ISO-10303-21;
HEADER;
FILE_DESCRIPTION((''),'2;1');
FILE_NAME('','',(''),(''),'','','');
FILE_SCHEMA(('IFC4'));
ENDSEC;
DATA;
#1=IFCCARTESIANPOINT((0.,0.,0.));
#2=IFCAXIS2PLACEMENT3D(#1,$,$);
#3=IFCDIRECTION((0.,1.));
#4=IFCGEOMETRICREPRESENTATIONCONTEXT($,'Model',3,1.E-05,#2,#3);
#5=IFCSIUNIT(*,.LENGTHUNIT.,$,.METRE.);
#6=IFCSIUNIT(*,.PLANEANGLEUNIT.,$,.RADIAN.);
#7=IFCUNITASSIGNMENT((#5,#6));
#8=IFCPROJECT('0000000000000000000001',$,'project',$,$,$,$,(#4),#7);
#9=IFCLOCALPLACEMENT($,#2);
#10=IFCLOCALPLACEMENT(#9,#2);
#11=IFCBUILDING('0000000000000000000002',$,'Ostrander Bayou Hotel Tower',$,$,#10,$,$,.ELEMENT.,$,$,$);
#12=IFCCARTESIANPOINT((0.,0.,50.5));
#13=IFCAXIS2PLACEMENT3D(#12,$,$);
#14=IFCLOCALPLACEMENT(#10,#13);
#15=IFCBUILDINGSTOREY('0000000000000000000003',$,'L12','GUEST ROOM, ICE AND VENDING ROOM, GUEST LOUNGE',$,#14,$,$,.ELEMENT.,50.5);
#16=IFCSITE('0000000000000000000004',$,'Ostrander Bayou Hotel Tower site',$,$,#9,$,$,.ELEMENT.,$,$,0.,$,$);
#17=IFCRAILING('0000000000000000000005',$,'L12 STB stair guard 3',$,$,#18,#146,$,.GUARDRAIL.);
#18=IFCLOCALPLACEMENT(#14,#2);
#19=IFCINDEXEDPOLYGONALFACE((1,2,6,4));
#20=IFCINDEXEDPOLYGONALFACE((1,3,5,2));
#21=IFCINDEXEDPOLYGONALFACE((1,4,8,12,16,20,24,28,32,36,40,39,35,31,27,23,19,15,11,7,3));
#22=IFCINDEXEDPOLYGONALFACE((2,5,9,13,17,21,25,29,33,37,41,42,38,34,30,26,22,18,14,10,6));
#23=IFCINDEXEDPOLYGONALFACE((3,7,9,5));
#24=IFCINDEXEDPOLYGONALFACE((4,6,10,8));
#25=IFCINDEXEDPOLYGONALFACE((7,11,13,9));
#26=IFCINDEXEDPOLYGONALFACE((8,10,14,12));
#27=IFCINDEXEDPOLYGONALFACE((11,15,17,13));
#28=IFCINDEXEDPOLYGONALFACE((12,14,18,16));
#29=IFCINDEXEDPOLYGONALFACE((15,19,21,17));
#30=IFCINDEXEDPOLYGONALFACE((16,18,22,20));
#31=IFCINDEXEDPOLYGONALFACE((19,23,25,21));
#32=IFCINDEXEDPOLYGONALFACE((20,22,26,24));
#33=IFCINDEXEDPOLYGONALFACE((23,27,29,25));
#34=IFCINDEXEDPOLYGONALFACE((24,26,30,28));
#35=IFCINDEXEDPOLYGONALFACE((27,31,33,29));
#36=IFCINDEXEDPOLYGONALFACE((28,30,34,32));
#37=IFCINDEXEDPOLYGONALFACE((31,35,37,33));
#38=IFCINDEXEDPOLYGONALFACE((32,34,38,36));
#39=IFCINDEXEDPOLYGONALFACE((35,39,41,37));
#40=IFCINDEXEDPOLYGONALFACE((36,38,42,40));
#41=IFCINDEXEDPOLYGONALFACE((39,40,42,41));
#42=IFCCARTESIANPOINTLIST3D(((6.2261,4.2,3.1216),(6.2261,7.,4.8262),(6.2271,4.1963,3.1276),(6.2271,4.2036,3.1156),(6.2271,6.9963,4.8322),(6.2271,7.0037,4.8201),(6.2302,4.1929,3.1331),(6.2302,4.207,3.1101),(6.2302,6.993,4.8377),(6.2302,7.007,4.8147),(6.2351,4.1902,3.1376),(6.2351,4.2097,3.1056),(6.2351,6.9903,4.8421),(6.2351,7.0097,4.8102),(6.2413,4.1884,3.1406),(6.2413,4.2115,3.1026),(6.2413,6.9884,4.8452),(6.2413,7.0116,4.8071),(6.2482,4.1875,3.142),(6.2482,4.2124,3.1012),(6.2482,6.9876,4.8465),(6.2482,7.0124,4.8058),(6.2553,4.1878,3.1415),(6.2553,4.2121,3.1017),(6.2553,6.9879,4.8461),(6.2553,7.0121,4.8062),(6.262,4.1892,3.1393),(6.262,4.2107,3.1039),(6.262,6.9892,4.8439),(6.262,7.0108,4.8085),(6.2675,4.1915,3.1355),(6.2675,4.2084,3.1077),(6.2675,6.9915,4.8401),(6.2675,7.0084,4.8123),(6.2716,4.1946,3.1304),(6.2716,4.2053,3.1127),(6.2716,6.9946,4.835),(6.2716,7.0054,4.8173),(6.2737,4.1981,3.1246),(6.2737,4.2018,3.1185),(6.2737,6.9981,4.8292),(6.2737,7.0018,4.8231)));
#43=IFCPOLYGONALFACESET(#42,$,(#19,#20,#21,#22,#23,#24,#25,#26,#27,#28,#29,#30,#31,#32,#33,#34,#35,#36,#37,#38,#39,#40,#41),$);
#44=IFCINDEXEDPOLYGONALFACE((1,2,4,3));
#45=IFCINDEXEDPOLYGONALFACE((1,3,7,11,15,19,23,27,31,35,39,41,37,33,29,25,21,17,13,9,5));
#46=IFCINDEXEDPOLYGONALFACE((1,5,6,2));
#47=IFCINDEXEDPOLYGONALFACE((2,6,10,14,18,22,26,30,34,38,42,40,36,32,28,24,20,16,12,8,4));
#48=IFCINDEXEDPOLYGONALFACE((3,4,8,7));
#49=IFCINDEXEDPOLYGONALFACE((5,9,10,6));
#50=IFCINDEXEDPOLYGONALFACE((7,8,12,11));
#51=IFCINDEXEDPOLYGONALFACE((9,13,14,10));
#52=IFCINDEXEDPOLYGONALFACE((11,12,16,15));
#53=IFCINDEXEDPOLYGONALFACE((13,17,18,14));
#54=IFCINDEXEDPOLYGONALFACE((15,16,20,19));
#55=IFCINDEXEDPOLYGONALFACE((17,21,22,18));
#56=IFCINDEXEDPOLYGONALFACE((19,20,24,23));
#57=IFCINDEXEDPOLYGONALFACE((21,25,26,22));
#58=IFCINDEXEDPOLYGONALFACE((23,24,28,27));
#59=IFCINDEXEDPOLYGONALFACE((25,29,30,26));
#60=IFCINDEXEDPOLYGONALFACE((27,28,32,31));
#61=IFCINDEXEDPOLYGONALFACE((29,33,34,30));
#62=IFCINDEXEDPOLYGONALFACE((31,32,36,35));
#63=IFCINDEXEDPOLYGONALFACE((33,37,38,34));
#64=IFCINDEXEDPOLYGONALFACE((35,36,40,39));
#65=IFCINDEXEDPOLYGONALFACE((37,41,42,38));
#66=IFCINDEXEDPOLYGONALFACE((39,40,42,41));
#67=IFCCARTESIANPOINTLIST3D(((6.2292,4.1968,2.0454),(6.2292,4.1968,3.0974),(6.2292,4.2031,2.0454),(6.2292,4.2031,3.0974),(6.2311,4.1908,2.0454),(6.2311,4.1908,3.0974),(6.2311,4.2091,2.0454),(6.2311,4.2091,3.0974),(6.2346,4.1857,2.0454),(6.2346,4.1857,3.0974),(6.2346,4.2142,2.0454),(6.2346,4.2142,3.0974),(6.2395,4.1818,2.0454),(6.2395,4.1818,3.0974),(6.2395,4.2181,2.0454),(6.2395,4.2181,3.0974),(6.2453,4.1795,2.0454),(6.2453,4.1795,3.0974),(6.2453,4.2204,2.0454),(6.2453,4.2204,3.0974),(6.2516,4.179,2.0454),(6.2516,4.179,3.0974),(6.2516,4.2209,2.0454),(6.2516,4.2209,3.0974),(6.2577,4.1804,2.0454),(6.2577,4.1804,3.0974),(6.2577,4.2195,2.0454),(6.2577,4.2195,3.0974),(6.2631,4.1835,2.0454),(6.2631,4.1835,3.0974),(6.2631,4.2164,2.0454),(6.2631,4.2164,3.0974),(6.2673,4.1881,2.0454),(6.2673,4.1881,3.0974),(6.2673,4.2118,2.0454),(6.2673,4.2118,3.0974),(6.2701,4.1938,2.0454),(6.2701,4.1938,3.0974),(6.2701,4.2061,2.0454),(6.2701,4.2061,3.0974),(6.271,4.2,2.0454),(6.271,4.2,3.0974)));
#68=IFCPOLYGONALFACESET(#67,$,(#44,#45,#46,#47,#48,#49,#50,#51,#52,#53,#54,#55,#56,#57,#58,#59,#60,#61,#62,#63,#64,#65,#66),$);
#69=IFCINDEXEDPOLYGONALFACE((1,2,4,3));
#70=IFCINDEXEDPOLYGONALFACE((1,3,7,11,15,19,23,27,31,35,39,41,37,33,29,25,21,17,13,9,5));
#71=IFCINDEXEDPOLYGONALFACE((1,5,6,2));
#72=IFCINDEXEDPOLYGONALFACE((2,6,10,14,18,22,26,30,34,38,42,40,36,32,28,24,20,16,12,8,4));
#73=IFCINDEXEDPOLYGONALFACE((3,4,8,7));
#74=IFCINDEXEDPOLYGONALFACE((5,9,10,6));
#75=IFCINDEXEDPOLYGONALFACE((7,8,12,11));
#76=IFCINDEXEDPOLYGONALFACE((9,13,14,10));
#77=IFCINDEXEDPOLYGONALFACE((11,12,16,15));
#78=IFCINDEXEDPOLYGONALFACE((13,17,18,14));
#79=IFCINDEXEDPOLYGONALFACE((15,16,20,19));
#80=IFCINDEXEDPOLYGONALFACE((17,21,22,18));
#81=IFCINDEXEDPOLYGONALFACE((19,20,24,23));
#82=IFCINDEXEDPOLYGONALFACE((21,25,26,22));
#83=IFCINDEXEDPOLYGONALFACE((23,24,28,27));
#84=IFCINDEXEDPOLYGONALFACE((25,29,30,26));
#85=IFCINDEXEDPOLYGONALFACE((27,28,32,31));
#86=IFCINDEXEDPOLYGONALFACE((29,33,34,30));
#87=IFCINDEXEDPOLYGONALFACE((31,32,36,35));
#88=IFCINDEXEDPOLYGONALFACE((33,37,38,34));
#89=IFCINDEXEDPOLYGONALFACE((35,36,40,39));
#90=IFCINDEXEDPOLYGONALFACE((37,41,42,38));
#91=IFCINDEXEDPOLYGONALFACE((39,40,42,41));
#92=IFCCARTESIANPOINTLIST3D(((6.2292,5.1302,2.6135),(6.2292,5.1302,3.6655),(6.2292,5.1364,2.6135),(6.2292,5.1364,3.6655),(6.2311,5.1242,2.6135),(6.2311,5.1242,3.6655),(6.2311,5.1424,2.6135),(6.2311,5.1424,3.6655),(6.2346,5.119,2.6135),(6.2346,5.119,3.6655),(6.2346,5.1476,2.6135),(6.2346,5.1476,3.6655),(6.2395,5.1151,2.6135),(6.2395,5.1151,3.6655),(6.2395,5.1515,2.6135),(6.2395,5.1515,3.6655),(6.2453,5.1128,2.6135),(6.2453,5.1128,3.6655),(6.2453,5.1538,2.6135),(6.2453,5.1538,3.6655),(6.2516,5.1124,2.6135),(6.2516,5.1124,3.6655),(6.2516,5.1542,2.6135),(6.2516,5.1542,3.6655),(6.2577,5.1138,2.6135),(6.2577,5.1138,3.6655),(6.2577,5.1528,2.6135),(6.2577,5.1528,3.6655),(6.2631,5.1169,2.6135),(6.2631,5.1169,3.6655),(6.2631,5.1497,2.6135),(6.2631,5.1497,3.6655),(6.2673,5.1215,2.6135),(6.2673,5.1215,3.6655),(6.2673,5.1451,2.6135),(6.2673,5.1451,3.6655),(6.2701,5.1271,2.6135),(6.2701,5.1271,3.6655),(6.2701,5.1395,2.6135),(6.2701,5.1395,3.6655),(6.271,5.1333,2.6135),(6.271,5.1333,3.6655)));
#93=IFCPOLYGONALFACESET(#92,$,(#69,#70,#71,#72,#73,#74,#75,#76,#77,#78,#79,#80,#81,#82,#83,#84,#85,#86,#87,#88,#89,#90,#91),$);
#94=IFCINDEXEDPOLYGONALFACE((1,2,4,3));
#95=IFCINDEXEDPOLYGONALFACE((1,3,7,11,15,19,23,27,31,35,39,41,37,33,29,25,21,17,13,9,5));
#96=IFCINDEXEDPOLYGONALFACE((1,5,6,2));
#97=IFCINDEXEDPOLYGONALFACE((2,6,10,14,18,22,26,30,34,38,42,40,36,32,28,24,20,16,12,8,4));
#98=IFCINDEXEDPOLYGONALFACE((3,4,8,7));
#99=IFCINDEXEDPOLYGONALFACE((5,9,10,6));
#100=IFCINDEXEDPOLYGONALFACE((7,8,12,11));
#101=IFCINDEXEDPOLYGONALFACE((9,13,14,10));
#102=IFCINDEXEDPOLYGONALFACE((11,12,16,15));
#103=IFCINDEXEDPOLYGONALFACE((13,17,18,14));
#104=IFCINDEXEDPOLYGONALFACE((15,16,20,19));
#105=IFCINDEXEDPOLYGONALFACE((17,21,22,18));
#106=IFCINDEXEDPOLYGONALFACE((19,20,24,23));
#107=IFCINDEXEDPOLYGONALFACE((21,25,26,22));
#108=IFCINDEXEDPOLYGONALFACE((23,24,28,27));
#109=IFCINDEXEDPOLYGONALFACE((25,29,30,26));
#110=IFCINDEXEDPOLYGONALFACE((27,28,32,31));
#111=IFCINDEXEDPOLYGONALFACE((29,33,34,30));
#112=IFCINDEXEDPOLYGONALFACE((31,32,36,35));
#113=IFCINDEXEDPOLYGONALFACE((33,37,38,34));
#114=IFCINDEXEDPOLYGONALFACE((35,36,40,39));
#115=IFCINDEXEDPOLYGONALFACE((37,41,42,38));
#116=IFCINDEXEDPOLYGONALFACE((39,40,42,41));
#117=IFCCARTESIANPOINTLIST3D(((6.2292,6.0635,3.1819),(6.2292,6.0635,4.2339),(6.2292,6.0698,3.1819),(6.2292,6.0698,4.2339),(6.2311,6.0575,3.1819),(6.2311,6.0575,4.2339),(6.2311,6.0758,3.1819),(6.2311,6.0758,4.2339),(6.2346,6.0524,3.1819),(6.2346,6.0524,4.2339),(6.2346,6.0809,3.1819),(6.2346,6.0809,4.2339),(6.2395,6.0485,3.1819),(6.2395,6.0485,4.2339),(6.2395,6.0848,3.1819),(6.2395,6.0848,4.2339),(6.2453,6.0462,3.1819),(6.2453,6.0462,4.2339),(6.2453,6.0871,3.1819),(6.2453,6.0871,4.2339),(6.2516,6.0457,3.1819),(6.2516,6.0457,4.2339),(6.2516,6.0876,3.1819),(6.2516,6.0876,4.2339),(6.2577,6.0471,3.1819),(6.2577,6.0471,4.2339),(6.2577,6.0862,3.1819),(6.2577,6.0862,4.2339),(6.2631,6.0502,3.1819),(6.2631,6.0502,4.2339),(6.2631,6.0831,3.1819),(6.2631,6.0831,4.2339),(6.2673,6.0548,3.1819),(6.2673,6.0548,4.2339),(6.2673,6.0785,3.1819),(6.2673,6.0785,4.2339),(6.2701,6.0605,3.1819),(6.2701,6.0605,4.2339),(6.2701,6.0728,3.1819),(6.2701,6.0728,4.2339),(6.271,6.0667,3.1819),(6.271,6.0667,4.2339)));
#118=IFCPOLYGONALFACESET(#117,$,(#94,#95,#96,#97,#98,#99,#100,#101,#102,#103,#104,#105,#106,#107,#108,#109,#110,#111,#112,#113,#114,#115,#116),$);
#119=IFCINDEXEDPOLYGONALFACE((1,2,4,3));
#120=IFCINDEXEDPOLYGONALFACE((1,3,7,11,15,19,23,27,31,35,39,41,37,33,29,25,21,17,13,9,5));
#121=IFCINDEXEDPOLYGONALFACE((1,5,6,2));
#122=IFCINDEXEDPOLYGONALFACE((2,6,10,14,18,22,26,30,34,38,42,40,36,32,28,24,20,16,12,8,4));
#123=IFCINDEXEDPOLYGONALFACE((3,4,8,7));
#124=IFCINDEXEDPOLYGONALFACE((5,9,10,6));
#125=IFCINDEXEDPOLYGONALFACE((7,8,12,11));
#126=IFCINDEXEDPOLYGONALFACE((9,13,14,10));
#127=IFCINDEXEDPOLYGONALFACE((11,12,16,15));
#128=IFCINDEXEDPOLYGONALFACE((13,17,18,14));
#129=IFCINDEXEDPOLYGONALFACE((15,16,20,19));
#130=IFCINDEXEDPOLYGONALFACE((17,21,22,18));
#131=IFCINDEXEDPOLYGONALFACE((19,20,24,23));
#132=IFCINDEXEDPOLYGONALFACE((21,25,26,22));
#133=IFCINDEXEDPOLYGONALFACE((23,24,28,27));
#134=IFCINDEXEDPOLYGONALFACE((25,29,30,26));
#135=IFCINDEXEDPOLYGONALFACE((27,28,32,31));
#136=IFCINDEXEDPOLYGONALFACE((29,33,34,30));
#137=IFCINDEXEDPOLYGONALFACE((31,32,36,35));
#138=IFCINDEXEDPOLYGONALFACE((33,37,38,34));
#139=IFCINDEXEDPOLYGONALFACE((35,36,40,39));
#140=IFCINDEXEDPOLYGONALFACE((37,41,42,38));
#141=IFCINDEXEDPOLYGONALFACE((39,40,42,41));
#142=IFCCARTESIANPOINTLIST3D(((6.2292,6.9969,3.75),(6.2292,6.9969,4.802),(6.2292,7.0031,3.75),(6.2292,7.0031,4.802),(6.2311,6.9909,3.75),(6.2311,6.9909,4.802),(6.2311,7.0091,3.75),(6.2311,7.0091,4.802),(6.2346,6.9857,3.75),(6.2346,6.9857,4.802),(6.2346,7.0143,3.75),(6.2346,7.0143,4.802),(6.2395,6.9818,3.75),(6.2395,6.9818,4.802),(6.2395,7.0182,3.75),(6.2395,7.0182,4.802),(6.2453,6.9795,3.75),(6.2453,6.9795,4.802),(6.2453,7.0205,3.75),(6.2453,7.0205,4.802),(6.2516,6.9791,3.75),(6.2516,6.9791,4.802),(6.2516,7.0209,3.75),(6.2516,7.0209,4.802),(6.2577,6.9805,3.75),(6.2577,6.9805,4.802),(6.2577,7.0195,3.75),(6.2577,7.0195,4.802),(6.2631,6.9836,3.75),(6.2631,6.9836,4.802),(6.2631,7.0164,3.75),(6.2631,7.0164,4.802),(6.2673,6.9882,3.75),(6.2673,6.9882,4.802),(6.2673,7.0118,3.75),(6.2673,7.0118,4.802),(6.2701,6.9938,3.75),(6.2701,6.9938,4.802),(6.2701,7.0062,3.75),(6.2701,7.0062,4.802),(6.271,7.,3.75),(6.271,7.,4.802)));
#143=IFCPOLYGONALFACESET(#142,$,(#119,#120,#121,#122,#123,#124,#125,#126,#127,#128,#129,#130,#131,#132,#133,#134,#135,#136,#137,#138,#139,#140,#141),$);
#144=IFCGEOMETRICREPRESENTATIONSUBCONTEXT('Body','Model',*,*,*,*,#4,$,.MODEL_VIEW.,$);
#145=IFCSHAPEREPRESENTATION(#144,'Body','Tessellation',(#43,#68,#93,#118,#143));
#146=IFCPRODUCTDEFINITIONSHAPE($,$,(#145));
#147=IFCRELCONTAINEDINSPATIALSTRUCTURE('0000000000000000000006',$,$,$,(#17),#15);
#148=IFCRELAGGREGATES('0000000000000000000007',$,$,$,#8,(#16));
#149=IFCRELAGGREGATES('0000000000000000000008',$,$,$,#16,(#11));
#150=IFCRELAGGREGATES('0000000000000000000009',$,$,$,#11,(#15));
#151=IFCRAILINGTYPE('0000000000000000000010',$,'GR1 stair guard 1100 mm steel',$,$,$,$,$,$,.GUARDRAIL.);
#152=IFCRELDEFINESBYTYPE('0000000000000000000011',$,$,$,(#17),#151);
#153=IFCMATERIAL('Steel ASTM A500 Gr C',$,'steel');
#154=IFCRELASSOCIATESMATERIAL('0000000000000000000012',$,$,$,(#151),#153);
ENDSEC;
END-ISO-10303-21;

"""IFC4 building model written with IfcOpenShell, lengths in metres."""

from ifc_helpers import new_model, si_unit, direction, frame, origin, origin_2d, place, context, subcontext, project, spatial, circle, extrude, material, type_object, element, save


model = new_model("IFC4")

# Units and contexts
model_context = context("Model", 3, precision=1e-05, world=origin(), true_north=direction((0.0, 1.0)))
body_context = subcontext(model_context, "Body", "Model", "MODEL_VIEW")
ifc_project = project(units=[si_unit("LENGTHUNIT", "METRE"), si_unit("PLANEANGLEUNIT", "RADIAN")], contexts=[model_context])

# Site, building, storey
site_placement = place(None, origin())
site = spatial("IfcSite", under=ifc_project, at=site_placement, Name="Ostrander Bayou Hotel Tower site", CompositionType="ELEMENT", RefElevation=0.0)
building_placement = place(site_placement, origin())
building = spatial("IfcBuilding", under=site, at=building_placement, Name="Ostrander Bayou Hotel Tower", CompositionType="ELEMENT")
storey_placement = place(building_placement, frame((0.0, 0.0, 50.5)))
storey = spatial("IfcBuildingStorey", under=building, at=storey_placement, Name="L12", Description="GUEST ROOM, ICE AND VENDING ROOM, GUEST LOUNGE", CompositionType="ELEMENT", Elevation=50.5)

# Railing
ifc_material_1 = material(Name="Steel ASTM A500 Gr C", Category="steel")
railing_type_1 = type_object("IfcRailingType", Name="GR1 stair guard 1100 mm steel", PredefinedType="GUARDRAIL", material=ifc_material_1)
railing_1_placement = place(storey_placement, frame((6.25, 4.2, 2.0454)))
element("IfcRailing", 1, at=railing_1_placement, inside=storey, type_object=railing_type_1, Name="L12 STB stair guard 3", PredefinedType="GUARDRAIL", context=body_context, shape_type="SweptSolid", body=[
    extrude(circle(Radius=0.0239, at=origin_2d()), frame((0.0, 0.0, 1.0762), z_axis=(0.0, 0.85417, 0.519994), x_axis=(-1.0, 0.0, 0.0)), (0.0, 0.0, 1.0), 3.2781),
    extrude(circle(Radius=0.021, at=origin_2d()), origin(), (0.0, 0.0, 1.0), 1.052),
    extrude(circle(Radius=0.021, at=origin_2d()), frame((0.0, 0.9333, 0.5681)), (0.0, 0.0, 1.0), 1.052),
    extrude(circle(Radius=0.021, at=origin_2d()), frame((0.0, 1.8667, 1.1365)), (0.0, 0.0, 1.0), 1.052),
    extrude(circle(Radius=0.021, at=origin_2d()), frame((0.0, 2.8, 1.7046)), (0.0, 0.0, 1.0), 1.052),
])

save(model, "model.ifc")
